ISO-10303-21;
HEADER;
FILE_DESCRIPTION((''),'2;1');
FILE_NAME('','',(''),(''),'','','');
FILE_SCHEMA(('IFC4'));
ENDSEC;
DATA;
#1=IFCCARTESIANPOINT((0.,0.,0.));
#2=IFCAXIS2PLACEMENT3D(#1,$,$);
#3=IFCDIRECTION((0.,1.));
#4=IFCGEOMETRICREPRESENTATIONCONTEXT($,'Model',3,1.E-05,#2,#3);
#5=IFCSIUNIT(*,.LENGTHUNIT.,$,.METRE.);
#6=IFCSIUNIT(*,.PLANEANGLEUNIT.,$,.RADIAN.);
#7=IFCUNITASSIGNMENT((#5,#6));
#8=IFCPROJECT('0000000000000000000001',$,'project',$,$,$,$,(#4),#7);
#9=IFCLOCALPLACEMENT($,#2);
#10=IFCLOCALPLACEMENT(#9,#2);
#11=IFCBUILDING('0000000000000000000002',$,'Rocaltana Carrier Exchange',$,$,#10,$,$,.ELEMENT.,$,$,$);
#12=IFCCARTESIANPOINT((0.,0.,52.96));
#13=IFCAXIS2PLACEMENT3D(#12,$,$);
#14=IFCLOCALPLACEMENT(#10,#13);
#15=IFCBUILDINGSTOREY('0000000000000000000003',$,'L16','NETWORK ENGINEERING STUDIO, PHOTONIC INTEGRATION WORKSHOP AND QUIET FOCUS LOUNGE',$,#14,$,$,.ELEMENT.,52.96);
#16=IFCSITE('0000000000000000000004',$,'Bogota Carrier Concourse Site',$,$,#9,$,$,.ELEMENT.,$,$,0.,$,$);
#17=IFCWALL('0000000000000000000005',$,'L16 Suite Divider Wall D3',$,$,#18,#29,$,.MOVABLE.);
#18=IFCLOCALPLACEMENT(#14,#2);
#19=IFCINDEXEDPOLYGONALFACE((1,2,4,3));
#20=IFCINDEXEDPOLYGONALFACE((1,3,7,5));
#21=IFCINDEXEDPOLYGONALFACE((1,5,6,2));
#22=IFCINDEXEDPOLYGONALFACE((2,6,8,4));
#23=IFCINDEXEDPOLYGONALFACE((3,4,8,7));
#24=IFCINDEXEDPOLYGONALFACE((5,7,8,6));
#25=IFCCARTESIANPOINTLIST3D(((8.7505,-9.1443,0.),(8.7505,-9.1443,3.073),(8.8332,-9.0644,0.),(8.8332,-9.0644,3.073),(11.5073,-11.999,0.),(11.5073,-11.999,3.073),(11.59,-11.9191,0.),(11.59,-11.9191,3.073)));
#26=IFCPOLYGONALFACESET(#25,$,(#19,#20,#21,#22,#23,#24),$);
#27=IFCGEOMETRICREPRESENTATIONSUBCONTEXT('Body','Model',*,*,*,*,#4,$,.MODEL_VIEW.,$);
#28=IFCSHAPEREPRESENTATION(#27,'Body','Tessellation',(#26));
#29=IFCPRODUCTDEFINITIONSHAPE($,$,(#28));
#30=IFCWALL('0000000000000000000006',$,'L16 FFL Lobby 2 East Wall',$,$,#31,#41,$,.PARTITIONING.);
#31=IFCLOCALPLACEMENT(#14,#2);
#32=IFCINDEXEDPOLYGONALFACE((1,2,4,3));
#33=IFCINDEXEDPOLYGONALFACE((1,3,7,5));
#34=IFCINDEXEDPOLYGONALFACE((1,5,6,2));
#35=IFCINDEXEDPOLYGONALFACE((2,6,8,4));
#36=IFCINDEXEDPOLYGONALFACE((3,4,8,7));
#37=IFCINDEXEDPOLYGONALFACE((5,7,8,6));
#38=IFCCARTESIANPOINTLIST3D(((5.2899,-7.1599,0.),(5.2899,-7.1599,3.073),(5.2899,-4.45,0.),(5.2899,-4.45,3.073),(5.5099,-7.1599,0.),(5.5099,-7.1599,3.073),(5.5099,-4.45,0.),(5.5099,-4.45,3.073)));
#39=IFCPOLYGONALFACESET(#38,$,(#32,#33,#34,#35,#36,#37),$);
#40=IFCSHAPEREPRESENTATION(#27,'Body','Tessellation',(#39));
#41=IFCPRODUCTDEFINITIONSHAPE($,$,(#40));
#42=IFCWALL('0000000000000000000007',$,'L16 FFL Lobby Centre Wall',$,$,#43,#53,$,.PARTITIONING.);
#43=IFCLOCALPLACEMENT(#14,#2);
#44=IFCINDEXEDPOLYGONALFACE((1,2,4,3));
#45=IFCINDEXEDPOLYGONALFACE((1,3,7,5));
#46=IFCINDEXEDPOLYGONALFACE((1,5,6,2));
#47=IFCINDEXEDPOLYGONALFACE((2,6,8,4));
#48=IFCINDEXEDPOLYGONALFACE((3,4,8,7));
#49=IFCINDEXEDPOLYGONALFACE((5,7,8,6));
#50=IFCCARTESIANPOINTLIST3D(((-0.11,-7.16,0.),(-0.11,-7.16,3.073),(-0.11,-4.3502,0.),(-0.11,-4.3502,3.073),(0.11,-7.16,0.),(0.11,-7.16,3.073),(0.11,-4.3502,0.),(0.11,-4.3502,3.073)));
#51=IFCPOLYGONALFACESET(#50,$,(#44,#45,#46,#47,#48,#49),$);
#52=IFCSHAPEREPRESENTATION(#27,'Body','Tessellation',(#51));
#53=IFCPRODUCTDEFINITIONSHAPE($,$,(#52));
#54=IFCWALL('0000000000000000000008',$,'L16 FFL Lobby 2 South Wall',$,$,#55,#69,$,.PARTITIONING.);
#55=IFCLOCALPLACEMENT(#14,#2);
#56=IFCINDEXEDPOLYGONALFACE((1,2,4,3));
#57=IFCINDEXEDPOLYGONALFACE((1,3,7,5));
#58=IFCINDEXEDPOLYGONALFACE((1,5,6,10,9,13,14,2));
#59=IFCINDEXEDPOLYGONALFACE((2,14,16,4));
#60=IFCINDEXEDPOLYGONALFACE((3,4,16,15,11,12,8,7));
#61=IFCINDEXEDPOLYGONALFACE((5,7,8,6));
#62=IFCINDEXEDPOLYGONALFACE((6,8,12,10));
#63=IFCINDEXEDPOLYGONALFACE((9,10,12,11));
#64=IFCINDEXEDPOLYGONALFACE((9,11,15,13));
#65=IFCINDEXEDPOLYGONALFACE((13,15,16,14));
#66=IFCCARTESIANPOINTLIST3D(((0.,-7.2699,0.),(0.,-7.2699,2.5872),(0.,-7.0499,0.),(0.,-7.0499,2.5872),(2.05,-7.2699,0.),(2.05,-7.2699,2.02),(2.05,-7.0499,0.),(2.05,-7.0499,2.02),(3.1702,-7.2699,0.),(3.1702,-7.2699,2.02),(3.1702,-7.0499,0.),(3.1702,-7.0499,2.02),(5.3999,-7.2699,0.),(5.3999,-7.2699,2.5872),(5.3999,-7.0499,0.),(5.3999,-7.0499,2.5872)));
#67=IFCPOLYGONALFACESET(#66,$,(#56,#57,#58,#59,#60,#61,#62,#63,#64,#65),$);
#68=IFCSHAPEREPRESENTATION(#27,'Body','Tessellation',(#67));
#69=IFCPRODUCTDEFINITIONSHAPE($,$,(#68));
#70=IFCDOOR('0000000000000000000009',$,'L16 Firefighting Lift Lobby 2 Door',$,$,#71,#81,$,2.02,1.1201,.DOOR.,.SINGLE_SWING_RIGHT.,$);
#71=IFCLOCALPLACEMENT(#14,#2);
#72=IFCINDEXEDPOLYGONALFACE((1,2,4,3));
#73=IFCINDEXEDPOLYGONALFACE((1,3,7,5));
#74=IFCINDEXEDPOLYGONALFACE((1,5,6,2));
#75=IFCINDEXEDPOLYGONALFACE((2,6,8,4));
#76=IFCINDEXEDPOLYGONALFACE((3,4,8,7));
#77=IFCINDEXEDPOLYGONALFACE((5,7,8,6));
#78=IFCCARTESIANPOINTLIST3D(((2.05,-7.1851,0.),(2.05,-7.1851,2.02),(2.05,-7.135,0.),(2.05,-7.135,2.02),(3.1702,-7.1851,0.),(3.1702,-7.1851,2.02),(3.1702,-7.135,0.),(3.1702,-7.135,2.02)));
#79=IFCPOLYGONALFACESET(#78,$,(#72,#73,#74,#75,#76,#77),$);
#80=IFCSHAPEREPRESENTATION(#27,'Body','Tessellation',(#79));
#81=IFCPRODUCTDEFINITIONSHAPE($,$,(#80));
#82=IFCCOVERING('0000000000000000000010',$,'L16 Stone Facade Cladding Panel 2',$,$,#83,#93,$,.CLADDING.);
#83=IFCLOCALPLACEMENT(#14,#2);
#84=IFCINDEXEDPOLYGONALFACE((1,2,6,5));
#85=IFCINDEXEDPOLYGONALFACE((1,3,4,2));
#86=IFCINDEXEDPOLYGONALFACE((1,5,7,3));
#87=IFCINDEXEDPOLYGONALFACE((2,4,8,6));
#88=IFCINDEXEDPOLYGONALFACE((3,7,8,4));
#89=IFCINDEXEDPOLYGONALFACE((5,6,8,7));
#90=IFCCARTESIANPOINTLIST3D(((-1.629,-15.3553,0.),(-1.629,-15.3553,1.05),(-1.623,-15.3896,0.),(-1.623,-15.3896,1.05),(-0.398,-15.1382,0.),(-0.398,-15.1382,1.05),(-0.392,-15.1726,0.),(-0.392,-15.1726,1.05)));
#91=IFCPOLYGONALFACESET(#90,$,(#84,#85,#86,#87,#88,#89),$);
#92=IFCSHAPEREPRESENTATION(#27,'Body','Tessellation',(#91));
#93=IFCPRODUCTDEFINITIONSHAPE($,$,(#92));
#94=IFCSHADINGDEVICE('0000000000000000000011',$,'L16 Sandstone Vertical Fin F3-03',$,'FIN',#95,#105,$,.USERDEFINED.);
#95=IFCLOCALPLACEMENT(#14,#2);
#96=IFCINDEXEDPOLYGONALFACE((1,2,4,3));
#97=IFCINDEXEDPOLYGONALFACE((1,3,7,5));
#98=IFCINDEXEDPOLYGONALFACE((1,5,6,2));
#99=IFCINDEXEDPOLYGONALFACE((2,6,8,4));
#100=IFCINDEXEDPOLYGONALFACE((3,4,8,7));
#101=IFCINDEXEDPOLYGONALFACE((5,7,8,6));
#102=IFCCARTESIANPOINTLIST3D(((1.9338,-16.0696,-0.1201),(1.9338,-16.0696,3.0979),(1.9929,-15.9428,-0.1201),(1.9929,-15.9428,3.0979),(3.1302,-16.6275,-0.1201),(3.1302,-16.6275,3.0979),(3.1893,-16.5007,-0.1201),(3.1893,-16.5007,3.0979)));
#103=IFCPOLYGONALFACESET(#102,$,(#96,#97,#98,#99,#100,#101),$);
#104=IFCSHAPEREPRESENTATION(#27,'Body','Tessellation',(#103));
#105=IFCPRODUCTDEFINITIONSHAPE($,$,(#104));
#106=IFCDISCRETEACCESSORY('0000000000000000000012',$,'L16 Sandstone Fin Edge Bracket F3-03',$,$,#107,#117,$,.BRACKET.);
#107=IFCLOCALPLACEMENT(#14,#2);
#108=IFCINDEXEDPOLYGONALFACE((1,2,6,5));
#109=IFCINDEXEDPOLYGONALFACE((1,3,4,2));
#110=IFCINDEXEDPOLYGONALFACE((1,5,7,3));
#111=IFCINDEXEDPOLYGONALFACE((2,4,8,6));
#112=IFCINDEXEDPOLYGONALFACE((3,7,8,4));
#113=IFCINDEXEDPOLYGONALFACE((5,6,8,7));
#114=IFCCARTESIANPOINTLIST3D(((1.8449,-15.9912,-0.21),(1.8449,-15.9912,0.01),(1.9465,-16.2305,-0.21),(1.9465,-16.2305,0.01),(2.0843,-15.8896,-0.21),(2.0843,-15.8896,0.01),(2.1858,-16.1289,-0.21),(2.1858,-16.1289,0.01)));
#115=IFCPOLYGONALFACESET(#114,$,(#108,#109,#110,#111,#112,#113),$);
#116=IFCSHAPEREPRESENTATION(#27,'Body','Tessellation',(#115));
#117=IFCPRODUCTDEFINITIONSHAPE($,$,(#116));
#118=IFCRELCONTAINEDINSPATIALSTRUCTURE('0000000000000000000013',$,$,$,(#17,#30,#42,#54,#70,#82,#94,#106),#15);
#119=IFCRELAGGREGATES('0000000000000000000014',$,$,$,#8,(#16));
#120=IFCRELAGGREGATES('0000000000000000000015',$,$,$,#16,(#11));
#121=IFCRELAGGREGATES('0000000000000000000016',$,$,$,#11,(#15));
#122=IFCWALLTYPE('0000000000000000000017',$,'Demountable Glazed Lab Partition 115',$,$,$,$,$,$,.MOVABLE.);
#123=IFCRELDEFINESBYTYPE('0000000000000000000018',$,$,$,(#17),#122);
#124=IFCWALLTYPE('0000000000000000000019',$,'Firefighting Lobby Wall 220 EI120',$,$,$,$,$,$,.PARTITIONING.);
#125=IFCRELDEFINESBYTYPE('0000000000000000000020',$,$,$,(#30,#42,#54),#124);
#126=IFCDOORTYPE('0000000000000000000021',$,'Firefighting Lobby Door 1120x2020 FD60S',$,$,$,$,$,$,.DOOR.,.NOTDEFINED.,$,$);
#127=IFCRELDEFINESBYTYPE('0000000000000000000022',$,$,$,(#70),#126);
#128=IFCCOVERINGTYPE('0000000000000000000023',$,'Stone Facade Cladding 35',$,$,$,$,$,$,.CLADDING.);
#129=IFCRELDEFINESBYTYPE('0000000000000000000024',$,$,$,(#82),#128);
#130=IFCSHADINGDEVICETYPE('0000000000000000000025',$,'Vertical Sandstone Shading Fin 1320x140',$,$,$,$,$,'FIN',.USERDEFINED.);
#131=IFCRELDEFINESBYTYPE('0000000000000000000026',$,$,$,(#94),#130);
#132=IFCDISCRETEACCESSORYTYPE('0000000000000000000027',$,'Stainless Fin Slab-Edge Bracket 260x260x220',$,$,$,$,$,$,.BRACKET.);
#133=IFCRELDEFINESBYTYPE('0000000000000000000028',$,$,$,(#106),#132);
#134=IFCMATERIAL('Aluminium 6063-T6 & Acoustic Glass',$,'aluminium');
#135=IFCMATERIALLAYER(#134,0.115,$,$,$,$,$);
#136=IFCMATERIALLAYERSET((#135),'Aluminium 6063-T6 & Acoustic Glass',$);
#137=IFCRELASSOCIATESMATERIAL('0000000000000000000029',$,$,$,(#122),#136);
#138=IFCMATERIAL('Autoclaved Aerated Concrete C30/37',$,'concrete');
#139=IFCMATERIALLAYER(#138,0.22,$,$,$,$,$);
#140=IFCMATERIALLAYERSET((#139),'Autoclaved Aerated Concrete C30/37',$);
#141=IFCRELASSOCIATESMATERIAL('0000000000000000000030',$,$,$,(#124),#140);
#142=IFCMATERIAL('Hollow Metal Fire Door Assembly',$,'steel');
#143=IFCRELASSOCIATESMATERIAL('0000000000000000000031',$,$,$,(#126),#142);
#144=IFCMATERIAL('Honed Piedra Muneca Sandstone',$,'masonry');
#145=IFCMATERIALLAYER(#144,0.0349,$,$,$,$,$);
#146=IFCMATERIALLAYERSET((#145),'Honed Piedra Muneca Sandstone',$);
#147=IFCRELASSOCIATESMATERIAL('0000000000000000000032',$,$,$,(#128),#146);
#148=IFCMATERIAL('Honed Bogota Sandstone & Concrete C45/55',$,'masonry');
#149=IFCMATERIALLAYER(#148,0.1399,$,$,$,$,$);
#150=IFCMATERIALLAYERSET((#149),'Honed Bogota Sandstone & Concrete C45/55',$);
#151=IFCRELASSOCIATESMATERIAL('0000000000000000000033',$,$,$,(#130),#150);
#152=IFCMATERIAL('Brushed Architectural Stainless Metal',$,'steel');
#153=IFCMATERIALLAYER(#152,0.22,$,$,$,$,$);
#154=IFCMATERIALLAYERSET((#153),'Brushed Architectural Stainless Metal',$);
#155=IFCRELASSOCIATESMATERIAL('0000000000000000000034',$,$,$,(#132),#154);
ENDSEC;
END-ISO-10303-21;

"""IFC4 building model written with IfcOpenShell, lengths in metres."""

from ifc_helpers import new_model, si_unit, direction, frame, frame_2d, origin, origin_2d, place, context, subcontext, project, spatial, rectangle, extrude, material, layer, layer_set, type_object, element, fill, save


model = new_model("IFC4")

# Units and contexts
model_context = context("Model", 3, precision=1e-05, world=origin(), true_north=direction((0.0, 1.0)))
body_context = subcontext(model_context, "Body", "Model", "MODEL_VIEW")
ifc_project = project(units=[si_unit("LENGTHUNIT", "METRE"), si_unit("PLANEANGLEUNIT", "RADIAN")], contexts=[model_context])

# Site, building, storey
site_placement = place(None, origin())
site = spatial("IfcSite", under=ifc_project, at=site_placement, Name="Bogota Carrier Concourse Site", CompositionType="ELEMENT", RefElevation=0.0)
building_placement = place(site_placement, origin())
building = spatial("IfcBuilding", under=site, at=building_placement, Name="Rocaltana Carrier Exchange", CompositionType="ELEMENT")
storey_placement = place(building_placement, frame((0.0, 0.0, 52.96)))
storey = spatial("IfcBuildingStorey", under=building, at=storey_placement, Name="L16", Description="NETWORK ENGINEERING STUDIO, PHOTONIC INTEGRATION WORKSHOP AND QUIET FOCUS LOUNGE", CompositionType="ELEMENT", Elevation=52.96)

# Walls
ifc_material_1 = material(Name="Aluminium 6063-T6 & Acoustic Glass", Category="aluminium")
ifc_layer_1 = layer(ifc_material_1, 0.115)
ifc_layer_set_1 = layer_set([ifc_layer_1], Name="Aluminium 6063-T6 & Acoustic Glass")
wall_type_1 = type_object("IfcWallType", Name="Demountable Glazed Lab Partition 115", PredefinedType="MOVABLE", material=ifc_layer_set_1)
wall_1_placement = place(storey_placement, frame((8.7917, -9.1042, 0.0), z_axis=(0.0, 0.0, 1.0), x_axis=(0.694665, -0.719334, 0.0)))
element("IfcWall", 1, at=wall_1_placement, inside=storey, type_object=wall_type_1, Name="L16 Suite Divider Wall D3", PredefinedType="MOVABLE", context=body_context, shape_type="SweptSolid", body=[
    extrude(rectangle(XDim=3.9685, YDim=0.115, at=frame_2d((1.9844, 0.0))), origin(), (0.0, 0.0, 1.0), 3.073),
])
ifc_material_2 = material(Name="Autoclaved Aerated Concrete C30/37", Category="concrete")
ifc_layer_2 = layer(ifc_material_2, 0.22)
ifc_layer_set_2 = layer_set([ifc_layer_2], Name="Autoclaved Aerated Concrete C30/37")
wall_type_2 = type_object("IfcWallType", Name="Firefighting Lobby Wall 220 EI120", PredefinedType="PARTITIONING", material=ifc_layer_set_2)
wall_2_placement = place(storey_placement, frame((5.3999, -7.1599, 0.0), z_axis=(0.0, 0.0, 1.0), x_axis=(0.0, 1.0, 0.0)))
element("IfcWall", 2, at=wall_2_placement, inside=storey, type_object=wall_type_2, Name="L16 FFL Lobby 2 East Wall", PredefinedType="PARTITIONING", context=body_context, shape_type="SweptSolid", body=[
    extrude(rectangle(XDim=2.71, YDim=0.22, at=frame_2d((1.355, 0.0))), origin(), (0.0, 0.0, 1.0), 3.073),
])
wall_3_placement = place(storey_placement, frame((0.0, -7.1599, 0.0), z_axis=(0.0, 0.0, 1.0), x_axis=(0.0, 1.0, 0.0)))
element("IfcWall", 3, at=wall_3_placement, inside=storey, type_object=wall_type_2, Name="L16 FFL Lobby Centre Wall", PredefinedType="PARTITIONING", context=body_context, shape_type="SweptSolid", body=[
    extrude(rectangle(XDim=2.8098, YDim=0.22, at=frame_2d((1.4048, 0.0))), origin(), (0.0, 0.0, 1.0), 3.073),
])

# Wall, opening, door
wall_4_placement = place(storey_placement, frame((0.0, -7.1599, 0.0), z_axis=(0.0, 0.0, 1.0), x_axis=(1.0, 0.0, 0.0)))
wall_4 = element("IfcWall", 4, at=wall_4_placement, inside=storey, type_object=wall_type_2, Name="L16 FFL Lobby 2 South Wall", PredefinedType="PARTITIONING", context=body_context, shape_type="SweptSolid", body=[
    extrude(rectangle(XDim=5.3999, YDim=0.22, at=frame_2d((2.7, 0.0))), origin(), (0.0, 0.0, 1.0), 2.5872),
])
opening_1_placement = place(wall_4_placement, frame((2.05, 0.0, 0.0)))
opening_1 = element("IfcOpeningElement", 5, at=opening_1_placement, cuts=wall_4, PredefinedType="OPENING", context=body_context, shape_type="SweptSolid", body=[
    extrude(rectangle(XDim=1.1201, YDim=2.02, at=frame_2d((0.5601, 1.01))), frame((0.0, 0.1199, 0.0), z_axis=(0.0, -1.0, 0.0), x_axis=(1.0, 0.0, 0.0)), (0.0, 0.0, 1.0), 0.24),
])
ifc_material_3 = material(Name="Hollow Metal Fire Door Assembly", Category="steel")
door_type_1 = type_object("IfcDoorType", Name="Firefighting Lobby Door 1120x2020 FD60S", OperationType="NOTDEFINED", PredefinedType="DOOR", material=ifc_material_3)
door_1_placement = place(opening_1_placement, origin())
door_1 = element("IfcDoor", 6, at=door_1_placement, inside=storey, type_object=door_type_1, Name="L16 Firefighting Lift Lobby 2 Door", OperationType="SINGLE_SWING_RIGHT", OverallHeight=2.02, OverallWidth=1.1201, PredefinedType="DOOR", context=body_context, shape_type="SweptSolid", body=[
    extrude(rectangle(XDim=1.1201, YDim=2.02, at=frame_2d((0.5601, 1.01))), frame((0.0, 0.0249, 0.0), z_axis=(0.0, -1.0, 0.0), x_axis=(1.0, 0.0, 0.0)), (0.0, 0.0, 1.0), 0.05),
])
fill(opening_1, door_1)

# Covering
ifc_material_4 = material(Name="Honed Piedra Muneca Sandstone", Category="masonry")
ifc_layer_3 = layer(ifc_material_4, 0.0349)
ifc_layer_set_3 = layer_set([ifc_layer_3], Name="Honed Piedra Muneca Sandstone")
covering_type = type_object("IfcCoveringType", Name="Stone Facade Cladding 35", PredefinedType="CLADDING", material=ifc_layer_set_3)
covering_placement = place(storey_placement, frame((-1.0105, -15.2639, 0.0), z_axis=(0.0, 0.0, 1.0), x_axis=(0.984808, 0.173648, 0.0)))
element("IfcCovering", 7, at=covering_placement, inside=storey, type_object=covering_type, Name="L16 Stone Facade Cladding Panel 2", PredefinedType="CLADDING", context=body_context, shape_type="SweptSolid", body=[
    extrude(rectangle(XDim=1.25, YDim=0.0349, at=origin_2d()), origin(), (0.0, 0.0, 1.0), 1.05),
])

# Shading device
ifc_material_5 = material(Name="Honed Bogota Sandstone & Concrete C45/55", Category="masonry")
ifc_layer_4 = layer(ifc_material_5, 0.1399)
ifc_layer_set_4 = layer_set([ifc_layer_4], Name="Honed Bogota Sandstone & Concrete C45/55")
shading_device_type = type_object("IfcShadingDeviceType", Name="Vertical Sandstone Shading Fin 1320x140", ElementType="FIN", PredefinedType="USERDEFINED", material=ifc_layer_set_4)
shading_device_placement = place(storey_placement, frame((2.5615, -16.2852, -0.1201), z_axis=(0.0, 0.0, 1.0), x_axis=(0.906308, -0.422618, 0.0)))
element("IfcShadingDevice", 8, at=shading_device_placement, inside=storey, type_object=shading_device_type, Name="L16 Sandstone Vertical Fin F3-03", ObjectType="FIN", PredefinedType="USERDEFINED", context=body_context, shape_type="SweptSolid", body=[
    extrude(rectangle(XDim=1.3201, YDim=0.1399, at=origin_2d()), origin(), (0.0, 0.0, 1.0), 3.218),
])

# Discrete accessory
ifc_material_6 = material(Name="Brushed Architectural Stainless Metal", Category="steel")
ifc_layer_5 = layer(ifc_material_6, 0.22)
ifc_layer_set_5 = layer_set([ifc_layer_5], Name="Brushed Architectural Stainless Metal")
discrete_accessory_type = type_object("IfcDiscreteAccessoryType", Name="Stainless Fin Slab-Edge Bracket 260x260x220", PredefinedType="BRACKET", material=ifc_layer_set_5)
discrete_accessory_placement = place(storey_placement, frame((2.0154, -16.0601, -0.21), z_axis=(0.0, 0.0, 1.0), x_axis=(0.920505, 0.390731, 0.0)))
element("IfcDiscreteAccessory", 9, at=discrete_accessory_placement, inside=storey, type_object=discrete_accessory_type, Name="L16 Sandstone Fin Edge Bracket F3-03", PredefinedType="BRACKET", context=body_context, shape_type="SweptSolid", body=[
    extrude(rectangle(XDim=0.26, YDim=0.26, at=origin_2d()), origin(), (0.0, 0.0, 1.0), 0.22),
])

save(model, "model.ifc")
